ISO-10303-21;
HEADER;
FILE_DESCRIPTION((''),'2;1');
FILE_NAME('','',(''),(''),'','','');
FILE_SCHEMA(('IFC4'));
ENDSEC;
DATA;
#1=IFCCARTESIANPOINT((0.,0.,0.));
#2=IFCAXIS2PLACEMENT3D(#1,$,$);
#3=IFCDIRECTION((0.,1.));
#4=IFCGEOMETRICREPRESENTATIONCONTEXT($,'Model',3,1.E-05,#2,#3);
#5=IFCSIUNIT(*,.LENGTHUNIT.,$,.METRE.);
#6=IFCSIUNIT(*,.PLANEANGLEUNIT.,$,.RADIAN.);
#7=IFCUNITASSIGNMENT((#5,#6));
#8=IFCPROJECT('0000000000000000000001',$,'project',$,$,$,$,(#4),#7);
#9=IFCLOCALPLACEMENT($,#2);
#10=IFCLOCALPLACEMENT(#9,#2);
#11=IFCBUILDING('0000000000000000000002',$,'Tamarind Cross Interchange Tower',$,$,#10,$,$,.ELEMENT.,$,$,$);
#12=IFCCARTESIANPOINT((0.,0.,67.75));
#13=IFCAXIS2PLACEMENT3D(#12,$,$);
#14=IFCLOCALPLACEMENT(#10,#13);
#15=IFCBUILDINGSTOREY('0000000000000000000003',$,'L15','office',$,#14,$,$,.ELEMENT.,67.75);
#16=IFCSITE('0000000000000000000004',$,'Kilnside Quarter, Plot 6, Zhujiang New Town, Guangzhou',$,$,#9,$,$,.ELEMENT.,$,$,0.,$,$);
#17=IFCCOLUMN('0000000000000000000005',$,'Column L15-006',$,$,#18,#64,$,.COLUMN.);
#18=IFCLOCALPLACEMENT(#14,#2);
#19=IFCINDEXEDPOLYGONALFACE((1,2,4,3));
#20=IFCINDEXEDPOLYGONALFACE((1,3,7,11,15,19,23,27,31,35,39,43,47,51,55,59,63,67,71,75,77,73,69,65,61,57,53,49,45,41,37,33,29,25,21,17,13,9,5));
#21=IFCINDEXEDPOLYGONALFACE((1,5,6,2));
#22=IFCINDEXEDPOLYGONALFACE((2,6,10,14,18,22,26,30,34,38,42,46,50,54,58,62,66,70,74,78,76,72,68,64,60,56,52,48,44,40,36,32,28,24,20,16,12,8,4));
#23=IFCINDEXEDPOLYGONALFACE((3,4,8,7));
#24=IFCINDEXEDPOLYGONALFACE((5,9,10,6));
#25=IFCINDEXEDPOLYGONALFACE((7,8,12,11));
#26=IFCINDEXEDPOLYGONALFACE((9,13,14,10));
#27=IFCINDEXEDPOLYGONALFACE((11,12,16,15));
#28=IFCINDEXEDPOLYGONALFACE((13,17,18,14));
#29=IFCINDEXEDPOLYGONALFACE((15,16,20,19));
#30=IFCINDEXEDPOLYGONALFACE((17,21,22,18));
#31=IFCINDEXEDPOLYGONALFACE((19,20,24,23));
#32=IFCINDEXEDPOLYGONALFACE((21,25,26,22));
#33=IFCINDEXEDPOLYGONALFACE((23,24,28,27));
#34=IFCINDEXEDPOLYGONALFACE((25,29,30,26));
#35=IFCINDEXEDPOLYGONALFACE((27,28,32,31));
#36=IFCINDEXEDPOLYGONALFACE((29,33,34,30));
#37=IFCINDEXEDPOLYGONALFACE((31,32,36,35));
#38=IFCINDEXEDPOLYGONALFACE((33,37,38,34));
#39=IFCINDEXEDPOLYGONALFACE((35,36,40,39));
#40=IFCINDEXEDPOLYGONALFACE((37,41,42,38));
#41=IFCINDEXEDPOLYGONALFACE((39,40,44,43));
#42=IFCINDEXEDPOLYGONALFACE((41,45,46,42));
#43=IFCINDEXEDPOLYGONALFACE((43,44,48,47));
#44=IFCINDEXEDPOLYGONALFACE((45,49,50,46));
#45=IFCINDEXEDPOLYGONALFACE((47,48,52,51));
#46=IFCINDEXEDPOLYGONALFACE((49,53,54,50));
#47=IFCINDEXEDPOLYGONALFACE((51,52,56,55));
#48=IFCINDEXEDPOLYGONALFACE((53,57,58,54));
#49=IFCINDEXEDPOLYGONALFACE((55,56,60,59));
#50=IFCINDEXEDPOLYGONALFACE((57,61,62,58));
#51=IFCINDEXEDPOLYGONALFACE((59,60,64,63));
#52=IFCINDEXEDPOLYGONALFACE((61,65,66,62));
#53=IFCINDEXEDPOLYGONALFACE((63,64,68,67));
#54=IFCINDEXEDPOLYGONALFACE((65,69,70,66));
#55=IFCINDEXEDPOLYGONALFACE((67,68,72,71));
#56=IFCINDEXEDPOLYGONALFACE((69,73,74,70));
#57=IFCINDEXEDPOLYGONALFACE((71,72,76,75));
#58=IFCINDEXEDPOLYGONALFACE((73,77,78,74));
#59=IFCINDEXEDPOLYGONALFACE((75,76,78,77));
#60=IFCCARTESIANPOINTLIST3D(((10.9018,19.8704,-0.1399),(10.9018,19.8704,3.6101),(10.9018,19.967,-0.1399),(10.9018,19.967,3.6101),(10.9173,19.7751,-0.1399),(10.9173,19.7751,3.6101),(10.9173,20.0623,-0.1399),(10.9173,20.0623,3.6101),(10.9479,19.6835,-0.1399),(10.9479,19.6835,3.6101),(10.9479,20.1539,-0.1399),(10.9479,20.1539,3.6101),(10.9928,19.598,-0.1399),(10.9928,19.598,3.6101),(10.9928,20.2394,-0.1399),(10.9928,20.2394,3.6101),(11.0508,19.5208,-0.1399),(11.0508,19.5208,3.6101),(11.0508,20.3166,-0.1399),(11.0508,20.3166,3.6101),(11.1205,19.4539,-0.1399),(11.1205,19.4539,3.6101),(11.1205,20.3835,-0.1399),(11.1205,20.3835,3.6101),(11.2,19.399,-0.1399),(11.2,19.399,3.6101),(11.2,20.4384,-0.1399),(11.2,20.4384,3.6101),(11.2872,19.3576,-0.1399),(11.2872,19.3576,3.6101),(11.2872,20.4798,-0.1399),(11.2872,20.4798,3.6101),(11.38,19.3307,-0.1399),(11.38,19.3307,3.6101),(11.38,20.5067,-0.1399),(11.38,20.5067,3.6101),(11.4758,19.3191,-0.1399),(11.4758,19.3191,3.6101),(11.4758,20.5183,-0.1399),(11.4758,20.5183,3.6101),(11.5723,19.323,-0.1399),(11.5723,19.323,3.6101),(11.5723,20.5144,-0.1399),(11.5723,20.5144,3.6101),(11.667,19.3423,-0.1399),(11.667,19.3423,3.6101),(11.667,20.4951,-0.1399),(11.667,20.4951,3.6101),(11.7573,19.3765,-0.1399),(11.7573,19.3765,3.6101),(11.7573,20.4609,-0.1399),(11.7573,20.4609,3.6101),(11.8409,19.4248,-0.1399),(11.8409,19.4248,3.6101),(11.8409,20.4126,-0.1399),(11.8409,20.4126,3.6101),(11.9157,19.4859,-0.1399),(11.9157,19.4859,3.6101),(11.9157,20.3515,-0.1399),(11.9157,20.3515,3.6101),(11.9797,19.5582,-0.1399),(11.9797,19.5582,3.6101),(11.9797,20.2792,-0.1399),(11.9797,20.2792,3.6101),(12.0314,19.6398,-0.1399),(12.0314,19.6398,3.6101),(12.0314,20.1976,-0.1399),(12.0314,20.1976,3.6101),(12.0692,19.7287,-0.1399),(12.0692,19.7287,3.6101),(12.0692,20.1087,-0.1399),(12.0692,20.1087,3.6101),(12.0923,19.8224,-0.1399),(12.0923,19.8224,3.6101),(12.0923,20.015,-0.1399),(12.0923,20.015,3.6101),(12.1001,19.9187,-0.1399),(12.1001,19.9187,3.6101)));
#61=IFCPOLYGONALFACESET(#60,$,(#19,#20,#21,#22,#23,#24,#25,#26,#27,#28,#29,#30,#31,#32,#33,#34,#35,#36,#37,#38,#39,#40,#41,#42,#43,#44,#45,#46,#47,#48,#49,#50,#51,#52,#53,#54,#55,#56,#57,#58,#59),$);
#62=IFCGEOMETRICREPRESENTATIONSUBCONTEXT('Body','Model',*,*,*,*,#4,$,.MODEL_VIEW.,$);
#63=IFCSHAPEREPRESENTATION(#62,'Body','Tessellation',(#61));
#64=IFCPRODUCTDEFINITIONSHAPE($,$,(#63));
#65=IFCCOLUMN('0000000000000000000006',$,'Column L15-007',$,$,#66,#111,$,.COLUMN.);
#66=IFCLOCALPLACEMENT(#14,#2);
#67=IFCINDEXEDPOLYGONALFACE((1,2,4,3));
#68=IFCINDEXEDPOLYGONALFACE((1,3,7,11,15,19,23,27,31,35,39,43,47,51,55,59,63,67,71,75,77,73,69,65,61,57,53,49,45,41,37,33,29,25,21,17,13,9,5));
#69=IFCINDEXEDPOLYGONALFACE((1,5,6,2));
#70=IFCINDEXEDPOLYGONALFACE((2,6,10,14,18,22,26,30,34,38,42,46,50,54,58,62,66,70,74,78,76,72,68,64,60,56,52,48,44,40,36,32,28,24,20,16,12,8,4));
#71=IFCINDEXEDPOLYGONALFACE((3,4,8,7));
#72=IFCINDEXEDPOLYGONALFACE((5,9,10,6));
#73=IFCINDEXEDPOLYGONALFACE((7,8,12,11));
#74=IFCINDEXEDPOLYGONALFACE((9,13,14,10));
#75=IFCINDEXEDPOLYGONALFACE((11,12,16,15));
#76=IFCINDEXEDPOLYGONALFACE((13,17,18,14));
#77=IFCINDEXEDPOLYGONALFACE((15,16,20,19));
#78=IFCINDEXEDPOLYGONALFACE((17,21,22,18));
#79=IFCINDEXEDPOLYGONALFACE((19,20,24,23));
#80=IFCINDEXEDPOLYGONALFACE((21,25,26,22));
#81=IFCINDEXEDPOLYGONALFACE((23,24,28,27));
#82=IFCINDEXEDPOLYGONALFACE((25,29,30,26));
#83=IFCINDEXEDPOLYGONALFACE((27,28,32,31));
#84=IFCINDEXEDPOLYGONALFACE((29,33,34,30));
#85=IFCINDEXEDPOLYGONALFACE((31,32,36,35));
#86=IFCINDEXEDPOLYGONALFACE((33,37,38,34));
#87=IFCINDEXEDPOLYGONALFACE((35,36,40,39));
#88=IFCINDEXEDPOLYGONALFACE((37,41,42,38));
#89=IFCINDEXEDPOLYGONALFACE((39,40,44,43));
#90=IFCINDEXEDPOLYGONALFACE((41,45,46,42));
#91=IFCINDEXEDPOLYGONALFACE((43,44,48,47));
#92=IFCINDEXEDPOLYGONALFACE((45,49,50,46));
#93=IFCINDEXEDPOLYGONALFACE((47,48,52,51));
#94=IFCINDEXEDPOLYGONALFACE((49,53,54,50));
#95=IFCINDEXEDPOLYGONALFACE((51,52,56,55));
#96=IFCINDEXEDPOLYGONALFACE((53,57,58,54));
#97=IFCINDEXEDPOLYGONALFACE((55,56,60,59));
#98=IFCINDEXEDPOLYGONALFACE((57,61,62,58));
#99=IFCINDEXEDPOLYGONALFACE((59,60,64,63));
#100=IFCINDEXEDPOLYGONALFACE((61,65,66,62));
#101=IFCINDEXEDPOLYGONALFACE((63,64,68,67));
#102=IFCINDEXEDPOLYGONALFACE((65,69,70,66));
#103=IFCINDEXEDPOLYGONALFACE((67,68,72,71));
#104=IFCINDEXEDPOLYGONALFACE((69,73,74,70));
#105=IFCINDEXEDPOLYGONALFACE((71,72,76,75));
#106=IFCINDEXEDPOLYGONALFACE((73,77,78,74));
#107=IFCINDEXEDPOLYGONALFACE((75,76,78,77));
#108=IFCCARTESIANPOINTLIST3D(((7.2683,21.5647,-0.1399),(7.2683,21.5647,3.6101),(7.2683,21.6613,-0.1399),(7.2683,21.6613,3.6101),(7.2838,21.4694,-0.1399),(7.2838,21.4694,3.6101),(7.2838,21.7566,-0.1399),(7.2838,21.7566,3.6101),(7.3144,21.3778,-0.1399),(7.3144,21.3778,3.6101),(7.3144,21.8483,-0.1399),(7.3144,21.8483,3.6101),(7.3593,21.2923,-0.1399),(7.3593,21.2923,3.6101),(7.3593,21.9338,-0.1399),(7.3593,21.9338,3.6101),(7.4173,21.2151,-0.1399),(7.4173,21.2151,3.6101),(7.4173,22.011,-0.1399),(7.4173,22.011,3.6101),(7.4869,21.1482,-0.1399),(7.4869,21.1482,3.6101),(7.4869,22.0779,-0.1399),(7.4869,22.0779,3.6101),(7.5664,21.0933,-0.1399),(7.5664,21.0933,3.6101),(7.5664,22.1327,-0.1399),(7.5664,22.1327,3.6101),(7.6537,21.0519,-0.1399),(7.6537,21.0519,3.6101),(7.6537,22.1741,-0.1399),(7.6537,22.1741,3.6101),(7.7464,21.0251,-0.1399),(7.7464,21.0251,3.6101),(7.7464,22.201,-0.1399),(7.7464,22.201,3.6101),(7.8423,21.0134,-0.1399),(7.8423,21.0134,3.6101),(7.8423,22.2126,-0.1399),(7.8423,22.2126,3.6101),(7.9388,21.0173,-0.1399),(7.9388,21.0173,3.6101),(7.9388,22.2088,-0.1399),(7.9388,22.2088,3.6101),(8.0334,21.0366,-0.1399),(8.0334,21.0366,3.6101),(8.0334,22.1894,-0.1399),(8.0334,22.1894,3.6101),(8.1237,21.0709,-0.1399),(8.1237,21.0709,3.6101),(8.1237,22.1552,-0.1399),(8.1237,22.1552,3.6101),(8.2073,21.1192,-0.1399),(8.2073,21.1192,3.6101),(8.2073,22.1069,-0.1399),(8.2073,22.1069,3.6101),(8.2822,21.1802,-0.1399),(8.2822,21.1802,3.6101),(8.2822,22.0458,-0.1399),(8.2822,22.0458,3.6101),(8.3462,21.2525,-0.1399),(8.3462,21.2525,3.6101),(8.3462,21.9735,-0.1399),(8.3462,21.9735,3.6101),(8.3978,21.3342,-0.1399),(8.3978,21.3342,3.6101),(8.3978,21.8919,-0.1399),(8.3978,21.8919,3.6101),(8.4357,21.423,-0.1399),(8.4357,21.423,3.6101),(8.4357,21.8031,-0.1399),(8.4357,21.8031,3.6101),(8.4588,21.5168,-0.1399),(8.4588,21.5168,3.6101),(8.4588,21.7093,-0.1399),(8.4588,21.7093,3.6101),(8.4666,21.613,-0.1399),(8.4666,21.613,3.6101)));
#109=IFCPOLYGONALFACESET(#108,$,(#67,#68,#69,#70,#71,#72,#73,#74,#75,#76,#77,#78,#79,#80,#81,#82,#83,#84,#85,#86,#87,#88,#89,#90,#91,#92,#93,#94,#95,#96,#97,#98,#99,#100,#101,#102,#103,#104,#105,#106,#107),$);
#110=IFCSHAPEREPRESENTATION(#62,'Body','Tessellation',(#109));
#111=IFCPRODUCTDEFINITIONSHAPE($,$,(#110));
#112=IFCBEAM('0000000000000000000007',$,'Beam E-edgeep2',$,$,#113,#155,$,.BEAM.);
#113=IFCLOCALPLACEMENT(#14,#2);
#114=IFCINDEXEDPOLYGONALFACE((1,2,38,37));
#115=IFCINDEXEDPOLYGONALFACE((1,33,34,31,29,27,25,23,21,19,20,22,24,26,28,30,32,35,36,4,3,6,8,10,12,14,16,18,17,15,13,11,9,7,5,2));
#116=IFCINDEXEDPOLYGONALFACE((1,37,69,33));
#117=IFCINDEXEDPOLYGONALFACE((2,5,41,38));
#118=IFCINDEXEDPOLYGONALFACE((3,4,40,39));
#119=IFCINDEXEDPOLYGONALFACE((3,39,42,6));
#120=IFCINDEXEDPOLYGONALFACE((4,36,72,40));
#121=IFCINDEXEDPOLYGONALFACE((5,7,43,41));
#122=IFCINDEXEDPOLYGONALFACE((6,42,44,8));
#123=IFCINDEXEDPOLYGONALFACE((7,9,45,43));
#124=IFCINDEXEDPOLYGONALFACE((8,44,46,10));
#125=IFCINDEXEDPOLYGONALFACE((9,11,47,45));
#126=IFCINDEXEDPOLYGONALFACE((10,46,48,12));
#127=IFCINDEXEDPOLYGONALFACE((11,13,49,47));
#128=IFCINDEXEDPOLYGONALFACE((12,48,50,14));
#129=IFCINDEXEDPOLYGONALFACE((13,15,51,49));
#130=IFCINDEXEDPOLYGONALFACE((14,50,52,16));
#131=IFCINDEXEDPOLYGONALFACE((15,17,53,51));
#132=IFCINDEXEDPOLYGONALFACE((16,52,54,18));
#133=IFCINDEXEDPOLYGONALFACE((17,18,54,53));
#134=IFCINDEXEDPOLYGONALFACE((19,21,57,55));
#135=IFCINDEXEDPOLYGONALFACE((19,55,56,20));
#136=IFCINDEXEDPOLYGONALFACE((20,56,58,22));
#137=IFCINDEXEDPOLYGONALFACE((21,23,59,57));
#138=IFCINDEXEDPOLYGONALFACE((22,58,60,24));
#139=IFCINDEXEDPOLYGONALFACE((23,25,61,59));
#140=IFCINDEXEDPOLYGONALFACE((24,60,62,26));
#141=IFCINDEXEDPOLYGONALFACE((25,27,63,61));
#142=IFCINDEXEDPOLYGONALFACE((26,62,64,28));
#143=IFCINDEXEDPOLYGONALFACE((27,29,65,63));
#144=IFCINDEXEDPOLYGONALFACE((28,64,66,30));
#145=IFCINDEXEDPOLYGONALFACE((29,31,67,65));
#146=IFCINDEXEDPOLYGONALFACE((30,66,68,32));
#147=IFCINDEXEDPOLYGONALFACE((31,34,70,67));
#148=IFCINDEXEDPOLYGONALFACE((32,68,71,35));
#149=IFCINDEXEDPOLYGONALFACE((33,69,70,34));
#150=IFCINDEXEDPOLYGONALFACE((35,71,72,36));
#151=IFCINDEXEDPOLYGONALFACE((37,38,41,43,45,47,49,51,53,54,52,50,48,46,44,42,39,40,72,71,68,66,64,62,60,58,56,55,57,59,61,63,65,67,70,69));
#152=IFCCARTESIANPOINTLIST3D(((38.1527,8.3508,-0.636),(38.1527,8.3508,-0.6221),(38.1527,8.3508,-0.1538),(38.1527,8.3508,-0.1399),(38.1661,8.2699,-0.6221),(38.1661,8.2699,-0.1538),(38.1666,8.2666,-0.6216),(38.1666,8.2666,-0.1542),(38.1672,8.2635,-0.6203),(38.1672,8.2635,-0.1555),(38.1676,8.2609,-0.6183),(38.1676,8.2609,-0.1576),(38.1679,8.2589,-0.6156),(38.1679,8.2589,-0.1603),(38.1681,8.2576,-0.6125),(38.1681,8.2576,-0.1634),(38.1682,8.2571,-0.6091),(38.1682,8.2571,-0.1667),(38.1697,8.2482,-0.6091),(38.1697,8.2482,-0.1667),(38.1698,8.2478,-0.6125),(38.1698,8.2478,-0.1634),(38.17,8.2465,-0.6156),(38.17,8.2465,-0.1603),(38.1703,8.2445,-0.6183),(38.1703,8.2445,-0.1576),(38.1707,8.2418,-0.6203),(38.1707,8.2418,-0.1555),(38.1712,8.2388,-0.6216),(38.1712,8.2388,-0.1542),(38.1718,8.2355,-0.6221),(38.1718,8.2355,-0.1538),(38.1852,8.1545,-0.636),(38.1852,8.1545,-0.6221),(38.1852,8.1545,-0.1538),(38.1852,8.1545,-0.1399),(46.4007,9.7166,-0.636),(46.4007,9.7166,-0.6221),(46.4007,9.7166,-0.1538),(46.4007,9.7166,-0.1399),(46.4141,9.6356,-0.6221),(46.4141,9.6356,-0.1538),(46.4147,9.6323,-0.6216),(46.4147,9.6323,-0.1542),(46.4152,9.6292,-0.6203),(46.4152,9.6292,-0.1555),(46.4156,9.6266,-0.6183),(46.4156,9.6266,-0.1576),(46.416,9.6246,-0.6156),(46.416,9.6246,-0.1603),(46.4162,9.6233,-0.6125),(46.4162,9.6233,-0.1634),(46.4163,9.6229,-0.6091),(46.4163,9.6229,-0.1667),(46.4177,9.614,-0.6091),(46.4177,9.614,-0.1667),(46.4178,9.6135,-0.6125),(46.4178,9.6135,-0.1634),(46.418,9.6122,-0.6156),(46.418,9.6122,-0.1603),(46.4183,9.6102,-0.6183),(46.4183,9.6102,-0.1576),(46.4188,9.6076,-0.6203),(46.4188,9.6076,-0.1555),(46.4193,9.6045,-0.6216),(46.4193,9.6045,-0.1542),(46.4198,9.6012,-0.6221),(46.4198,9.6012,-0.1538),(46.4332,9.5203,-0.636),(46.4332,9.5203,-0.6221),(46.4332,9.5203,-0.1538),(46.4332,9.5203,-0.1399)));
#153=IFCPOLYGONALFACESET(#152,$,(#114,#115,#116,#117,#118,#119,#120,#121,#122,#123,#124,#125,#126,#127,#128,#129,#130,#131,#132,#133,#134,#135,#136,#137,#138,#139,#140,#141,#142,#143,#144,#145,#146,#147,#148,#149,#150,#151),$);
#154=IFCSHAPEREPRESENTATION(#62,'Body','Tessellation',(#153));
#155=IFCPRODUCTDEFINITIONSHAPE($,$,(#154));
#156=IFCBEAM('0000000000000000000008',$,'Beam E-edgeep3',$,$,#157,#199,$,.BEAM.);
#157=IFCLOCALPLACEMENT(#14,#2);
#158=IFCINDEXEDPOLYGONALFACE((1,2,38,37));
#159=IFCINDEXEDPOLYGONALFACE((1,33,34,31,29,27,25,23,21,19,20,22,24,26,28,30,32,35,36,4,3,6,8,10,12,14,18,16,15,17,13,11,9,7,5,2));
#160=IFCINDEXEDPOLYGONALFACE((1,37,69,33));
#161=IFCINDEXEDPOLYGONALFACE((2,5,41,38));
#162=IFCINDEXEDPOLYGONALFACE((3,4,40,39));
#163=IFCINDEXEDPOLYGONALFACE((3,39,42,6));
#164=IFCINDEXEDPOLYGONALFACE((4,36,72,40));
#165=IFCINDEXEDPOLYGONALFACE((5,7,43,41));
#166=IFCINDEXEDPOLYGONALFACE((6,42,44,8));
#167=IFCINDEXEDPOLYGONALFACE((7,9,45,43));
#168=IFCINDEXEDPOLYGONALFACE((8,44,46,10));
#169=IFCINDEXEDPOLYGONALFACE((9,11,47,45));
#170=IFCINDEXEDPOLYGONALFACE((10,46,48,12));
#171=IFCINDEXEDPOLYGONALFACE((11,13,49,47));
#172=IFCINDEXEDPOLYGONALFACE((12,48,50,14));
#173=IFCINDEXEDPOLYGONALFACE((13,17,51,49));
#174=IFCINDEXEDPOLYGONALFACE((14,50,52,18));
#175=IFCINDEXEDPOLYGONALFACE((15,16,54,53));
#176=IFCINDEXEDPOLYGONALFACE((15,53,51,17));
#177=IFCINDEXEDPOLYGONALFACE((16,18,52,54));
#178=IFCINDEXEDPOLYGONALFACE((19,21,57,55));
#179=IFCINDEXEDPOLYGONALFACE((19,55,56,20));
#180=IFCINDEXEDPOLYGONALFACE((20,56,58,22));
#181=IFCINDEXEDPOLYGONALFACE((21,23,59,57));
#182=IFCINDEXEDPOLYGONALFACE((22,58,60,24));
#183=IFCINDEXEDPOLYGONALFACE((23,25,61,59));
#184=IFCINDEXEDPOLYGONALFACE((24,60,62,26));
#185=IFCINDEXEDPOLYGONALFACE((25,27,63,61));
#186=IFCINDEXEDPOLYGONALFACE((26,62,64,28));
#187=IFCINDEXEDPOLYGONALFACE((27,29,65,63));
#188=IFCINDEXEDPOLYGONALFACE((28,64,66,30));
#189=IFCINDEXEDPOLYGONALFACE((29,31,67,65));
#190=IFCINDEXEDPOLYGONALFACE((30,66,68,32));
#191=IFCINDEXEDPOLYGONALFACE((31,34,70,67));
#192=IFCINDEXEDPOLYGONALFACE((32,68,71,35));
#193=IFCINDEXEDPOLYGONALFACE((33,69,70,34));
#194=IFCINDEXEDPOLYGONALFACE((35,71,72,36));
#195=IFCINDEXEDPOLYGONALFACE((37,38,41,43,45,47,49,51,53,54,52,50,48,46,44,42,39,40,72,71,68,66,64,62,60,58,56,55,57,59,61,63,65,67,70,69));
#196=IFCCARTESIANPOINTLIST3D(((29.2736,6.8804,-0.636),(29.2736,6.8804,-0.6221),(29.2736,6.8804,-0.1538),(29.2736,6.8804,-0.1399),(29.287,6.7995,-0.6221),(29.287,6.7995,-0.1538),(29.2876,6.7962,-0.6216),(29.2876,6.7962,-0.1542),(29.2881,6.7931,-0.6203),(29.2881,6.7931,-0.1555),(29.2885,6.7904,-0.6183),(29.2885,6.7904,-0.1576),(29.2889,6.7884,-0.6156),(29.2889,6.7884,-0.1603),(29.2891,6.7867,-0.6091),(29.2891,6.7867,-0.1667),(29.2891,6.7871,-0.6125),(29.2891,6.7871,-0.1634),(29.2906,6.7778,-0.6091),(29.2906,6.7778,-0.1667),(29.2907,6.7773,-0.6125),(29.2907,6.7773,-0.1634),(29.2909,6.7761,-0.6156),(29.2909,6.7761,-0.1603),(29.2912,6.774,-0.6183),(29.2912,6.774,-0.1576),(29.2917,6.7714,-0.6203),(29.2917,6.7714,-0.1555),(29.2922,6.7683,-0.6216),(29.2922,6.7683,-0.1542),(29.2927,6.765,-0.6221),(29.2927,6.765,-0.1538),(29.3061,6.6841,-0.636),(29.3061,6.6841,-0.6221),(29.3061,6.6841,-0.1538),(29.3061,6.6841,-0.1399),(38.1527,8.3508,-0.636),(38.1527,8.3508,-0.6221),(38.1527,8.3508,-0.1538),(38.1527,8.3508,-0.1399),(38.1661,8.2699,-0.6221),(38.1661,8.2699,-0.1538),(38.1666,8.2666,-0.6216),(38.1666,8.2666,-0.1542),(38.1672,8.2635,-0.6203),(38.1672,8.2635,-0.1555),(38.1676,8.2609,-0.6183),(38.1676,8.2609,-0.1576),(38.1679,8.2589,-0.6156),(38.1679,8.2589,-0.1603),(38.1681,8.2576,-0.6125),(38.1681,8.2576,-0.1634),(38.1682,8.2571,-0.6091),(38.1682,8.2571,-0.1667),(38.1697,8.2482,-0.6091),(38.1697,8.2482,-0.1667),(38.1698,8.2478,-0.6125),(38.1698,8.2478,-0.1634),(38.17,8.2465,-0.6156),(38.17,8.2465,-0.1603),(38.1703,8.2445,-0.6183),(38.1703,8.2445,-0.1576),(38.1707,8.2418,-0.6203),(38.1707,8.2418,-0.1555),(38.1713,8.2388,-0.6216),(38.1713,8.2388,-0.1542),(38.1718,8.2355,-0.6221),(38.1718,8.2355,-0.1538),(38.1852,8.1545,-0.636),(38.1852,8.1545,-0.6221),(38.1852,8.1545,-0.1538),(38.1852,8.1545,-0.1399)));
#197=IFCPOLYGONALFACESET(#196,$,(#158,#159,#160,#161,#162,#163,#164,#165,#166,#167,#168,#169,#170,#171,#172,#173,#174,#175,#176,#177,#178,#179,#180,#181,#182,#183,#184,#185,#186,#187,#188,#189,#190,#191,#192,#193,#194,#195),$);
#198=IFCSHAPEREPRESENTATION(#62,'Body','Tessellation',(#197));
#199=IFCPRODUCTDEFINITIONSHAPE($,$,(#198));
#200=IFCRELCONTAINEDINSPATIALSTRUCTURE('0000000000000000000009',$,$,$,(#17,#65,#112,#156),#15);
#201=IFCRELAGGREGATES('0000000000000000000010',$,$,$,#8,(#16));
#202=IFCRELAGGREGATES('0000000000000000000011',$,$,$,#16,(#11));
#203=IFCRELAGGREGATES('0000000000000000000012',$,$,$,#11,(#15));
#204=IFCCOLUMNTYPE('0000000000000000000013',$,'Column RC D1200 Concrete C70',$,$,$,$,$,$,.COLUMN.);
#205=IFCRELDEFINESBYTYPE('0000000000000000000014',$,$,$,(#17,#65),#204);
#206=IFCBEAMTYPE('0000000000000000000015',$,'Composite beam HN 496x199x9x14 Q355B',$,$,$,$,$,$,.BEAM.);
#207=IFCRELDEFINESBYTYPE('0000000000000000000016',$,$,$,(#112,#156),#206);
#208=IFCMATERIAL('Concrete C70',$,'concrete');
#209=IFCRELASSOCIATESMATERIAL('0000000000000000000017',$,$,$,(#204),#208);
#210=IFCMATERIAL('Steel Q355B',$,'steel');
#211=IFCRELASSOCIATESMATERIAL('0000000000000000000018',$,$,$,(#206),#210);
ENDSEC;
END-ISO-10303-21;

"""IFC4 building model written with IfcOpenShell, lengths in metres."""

from ifc_helpers import new_model, si_unit, direction, frame, origin, origin_2d, place, context, subcontext, project, spatial, circle, i_section, extrude, material, material_profile, profile_set, type_object, element, save


model = new_model("IFC4")

# Units and contexts
model_context = context("Model", 3, precision=1e-05, world=origin(), true_north=direction((0.0, 1.0)))
body_context = subcontext(model_context, "Body", "Model", "MODEL_VIEW")
ifc_project = project(units=[si_unit("LENGTHUNIT", "METRE"), si_unit("PLANEANGLEUNIT", "RADIAN")], contexts=[model_context])

# Site, building, storey
site_placement = place(None, origin())
site = spatial("IfcSite", under=ifc_project, at=site_placement, Name="Kilnside Quarter, Plot 6, Zhujiang New Town, Guangzhou", CompositionType="ELEMENT", RefElevation=0.0)
building_placement = place(site_placement, origin())
building = spatial("IfcBuilding", under=site, at=building_placement, Name="Tamarind Cross Interchange Tower", CompositionType="ELEMENT")
storey_placement = place(building_placement, frame((0.0, 0.0, 67.75)))
storey = spatial("IfcBuildingStorey", under=building, at=storey_placement, Name="L15", Description="office", CompositionType="ELEMENT", Elevation=67.75)

# Columns
ifc_material_1 = material(Name="Concrete C70", Category="concrete")
ifc_material_profile_1 = material_profile(ifc_material_1, circle(Radius=0.6001, at=origin_2d()), Name="RC D1200")
ifc_profile_set_1 = profile_set([ifc_material_profile_1], Name="Concrete C70")
column_type_1 = type_object("IfcColumnType", Name="Column RC D1200 Concrete C70", PredefinedType="COLUMN", material=ifc_profile_set_1)
for number, where, z_axis, x_axis, name in (
    (1, (11.5, 19.9187, -0.1399), (0.0, 0.0, 1.0), (1.0, 0.0, 0.0), "Column L15-006"),
    (2, (7.8665, 21.613, -0.1399), (0.0, 0.0, 1.0), (1.0, 0.0, 0.0), "Column L15-007"),
):
    element("IfcColumn", number, at=place(storey_placement, frame(where, z_axis=z_axis, x_axis=x_axis)), inside=storey, type_object=column_type_1, Name=name, PredefinedType="COLUMN", context=body_context, shape_type="SweptSolid", body=[
        extrude(circle(Radius=0.6001, at=origin_2d()), origin(), (0.0, 0.0, 1.0), 3.75),
    ])

# Beams
ifc_material_2 = material(Name="Steel Q355B", Category="steel")
ifc_material_profile_2 = material_profile(ifc_material_2, i_section(OverallWidth=0.199, OverallDepth=0.4961, WebThickness=0.009, FlangeThickness=0.0139, FilletRadius=0.0129, at=origin_2d()), Name="HN 496x199x9x14")
ifc_profile_set_2 = profile_set([ifc_material_profile_2], Name="Steel Q355B")
beam_type_1 = type_object("IfcBeamType", Name="Composite beam HN 496x199x9x14 Q355B", PredefinedType="BEAM", material=ifc_profile_set_2)
beam_1_placement = place(storey_placement, frame((46.417, 9.6184, -0.3879), z_axis=(-0.986567, -0.163357, 0.0), x_axis=(0.163357, -0.986567, 0.0)))
element("IfcBeam", 3, at=beam_1_placement, inside=storey, type_object=beam_type_1, Name="Beam E-edgeep2", PredefinedType="BEAM", context=body_context, shape_type="SweptSolid", body=[
    extrude(i_section(OverallWidth=0.199, OverallDepth=0.4961, WebThickness=0.009, FlangeThickness=0.0139, FilletRadius=0.0129, at=origin_2d()), origin(), (0.0, 0.0, 1.0), 8.3604),
])
beam_2_placement = place(storey_placement, frame((38.1689, 8.2527, -0.3879), z_axis=(-0.986563, -0.163383, 0.0), x_axis=(0.163383, -0.986563, 0.0)))
element("IfcBeam", 4, at=beam_2_placement, inside=storey, type_object=beam_type_1, Name="Beam E-edgeep3", PredefinedType="BEAM", context=body_context, shape_type="SweptSolid", body=[
    extrude(i_section(OverallWidth=0.199, OverallDepth=0.4961, WebThickness=0.009, FlangeThickness=0.0139, FilletRadius=0.0129, at=origin_2d()), origin(), (0.0, 0.0, 1.0), 9.0),
])

save(model, "model.ifc")
